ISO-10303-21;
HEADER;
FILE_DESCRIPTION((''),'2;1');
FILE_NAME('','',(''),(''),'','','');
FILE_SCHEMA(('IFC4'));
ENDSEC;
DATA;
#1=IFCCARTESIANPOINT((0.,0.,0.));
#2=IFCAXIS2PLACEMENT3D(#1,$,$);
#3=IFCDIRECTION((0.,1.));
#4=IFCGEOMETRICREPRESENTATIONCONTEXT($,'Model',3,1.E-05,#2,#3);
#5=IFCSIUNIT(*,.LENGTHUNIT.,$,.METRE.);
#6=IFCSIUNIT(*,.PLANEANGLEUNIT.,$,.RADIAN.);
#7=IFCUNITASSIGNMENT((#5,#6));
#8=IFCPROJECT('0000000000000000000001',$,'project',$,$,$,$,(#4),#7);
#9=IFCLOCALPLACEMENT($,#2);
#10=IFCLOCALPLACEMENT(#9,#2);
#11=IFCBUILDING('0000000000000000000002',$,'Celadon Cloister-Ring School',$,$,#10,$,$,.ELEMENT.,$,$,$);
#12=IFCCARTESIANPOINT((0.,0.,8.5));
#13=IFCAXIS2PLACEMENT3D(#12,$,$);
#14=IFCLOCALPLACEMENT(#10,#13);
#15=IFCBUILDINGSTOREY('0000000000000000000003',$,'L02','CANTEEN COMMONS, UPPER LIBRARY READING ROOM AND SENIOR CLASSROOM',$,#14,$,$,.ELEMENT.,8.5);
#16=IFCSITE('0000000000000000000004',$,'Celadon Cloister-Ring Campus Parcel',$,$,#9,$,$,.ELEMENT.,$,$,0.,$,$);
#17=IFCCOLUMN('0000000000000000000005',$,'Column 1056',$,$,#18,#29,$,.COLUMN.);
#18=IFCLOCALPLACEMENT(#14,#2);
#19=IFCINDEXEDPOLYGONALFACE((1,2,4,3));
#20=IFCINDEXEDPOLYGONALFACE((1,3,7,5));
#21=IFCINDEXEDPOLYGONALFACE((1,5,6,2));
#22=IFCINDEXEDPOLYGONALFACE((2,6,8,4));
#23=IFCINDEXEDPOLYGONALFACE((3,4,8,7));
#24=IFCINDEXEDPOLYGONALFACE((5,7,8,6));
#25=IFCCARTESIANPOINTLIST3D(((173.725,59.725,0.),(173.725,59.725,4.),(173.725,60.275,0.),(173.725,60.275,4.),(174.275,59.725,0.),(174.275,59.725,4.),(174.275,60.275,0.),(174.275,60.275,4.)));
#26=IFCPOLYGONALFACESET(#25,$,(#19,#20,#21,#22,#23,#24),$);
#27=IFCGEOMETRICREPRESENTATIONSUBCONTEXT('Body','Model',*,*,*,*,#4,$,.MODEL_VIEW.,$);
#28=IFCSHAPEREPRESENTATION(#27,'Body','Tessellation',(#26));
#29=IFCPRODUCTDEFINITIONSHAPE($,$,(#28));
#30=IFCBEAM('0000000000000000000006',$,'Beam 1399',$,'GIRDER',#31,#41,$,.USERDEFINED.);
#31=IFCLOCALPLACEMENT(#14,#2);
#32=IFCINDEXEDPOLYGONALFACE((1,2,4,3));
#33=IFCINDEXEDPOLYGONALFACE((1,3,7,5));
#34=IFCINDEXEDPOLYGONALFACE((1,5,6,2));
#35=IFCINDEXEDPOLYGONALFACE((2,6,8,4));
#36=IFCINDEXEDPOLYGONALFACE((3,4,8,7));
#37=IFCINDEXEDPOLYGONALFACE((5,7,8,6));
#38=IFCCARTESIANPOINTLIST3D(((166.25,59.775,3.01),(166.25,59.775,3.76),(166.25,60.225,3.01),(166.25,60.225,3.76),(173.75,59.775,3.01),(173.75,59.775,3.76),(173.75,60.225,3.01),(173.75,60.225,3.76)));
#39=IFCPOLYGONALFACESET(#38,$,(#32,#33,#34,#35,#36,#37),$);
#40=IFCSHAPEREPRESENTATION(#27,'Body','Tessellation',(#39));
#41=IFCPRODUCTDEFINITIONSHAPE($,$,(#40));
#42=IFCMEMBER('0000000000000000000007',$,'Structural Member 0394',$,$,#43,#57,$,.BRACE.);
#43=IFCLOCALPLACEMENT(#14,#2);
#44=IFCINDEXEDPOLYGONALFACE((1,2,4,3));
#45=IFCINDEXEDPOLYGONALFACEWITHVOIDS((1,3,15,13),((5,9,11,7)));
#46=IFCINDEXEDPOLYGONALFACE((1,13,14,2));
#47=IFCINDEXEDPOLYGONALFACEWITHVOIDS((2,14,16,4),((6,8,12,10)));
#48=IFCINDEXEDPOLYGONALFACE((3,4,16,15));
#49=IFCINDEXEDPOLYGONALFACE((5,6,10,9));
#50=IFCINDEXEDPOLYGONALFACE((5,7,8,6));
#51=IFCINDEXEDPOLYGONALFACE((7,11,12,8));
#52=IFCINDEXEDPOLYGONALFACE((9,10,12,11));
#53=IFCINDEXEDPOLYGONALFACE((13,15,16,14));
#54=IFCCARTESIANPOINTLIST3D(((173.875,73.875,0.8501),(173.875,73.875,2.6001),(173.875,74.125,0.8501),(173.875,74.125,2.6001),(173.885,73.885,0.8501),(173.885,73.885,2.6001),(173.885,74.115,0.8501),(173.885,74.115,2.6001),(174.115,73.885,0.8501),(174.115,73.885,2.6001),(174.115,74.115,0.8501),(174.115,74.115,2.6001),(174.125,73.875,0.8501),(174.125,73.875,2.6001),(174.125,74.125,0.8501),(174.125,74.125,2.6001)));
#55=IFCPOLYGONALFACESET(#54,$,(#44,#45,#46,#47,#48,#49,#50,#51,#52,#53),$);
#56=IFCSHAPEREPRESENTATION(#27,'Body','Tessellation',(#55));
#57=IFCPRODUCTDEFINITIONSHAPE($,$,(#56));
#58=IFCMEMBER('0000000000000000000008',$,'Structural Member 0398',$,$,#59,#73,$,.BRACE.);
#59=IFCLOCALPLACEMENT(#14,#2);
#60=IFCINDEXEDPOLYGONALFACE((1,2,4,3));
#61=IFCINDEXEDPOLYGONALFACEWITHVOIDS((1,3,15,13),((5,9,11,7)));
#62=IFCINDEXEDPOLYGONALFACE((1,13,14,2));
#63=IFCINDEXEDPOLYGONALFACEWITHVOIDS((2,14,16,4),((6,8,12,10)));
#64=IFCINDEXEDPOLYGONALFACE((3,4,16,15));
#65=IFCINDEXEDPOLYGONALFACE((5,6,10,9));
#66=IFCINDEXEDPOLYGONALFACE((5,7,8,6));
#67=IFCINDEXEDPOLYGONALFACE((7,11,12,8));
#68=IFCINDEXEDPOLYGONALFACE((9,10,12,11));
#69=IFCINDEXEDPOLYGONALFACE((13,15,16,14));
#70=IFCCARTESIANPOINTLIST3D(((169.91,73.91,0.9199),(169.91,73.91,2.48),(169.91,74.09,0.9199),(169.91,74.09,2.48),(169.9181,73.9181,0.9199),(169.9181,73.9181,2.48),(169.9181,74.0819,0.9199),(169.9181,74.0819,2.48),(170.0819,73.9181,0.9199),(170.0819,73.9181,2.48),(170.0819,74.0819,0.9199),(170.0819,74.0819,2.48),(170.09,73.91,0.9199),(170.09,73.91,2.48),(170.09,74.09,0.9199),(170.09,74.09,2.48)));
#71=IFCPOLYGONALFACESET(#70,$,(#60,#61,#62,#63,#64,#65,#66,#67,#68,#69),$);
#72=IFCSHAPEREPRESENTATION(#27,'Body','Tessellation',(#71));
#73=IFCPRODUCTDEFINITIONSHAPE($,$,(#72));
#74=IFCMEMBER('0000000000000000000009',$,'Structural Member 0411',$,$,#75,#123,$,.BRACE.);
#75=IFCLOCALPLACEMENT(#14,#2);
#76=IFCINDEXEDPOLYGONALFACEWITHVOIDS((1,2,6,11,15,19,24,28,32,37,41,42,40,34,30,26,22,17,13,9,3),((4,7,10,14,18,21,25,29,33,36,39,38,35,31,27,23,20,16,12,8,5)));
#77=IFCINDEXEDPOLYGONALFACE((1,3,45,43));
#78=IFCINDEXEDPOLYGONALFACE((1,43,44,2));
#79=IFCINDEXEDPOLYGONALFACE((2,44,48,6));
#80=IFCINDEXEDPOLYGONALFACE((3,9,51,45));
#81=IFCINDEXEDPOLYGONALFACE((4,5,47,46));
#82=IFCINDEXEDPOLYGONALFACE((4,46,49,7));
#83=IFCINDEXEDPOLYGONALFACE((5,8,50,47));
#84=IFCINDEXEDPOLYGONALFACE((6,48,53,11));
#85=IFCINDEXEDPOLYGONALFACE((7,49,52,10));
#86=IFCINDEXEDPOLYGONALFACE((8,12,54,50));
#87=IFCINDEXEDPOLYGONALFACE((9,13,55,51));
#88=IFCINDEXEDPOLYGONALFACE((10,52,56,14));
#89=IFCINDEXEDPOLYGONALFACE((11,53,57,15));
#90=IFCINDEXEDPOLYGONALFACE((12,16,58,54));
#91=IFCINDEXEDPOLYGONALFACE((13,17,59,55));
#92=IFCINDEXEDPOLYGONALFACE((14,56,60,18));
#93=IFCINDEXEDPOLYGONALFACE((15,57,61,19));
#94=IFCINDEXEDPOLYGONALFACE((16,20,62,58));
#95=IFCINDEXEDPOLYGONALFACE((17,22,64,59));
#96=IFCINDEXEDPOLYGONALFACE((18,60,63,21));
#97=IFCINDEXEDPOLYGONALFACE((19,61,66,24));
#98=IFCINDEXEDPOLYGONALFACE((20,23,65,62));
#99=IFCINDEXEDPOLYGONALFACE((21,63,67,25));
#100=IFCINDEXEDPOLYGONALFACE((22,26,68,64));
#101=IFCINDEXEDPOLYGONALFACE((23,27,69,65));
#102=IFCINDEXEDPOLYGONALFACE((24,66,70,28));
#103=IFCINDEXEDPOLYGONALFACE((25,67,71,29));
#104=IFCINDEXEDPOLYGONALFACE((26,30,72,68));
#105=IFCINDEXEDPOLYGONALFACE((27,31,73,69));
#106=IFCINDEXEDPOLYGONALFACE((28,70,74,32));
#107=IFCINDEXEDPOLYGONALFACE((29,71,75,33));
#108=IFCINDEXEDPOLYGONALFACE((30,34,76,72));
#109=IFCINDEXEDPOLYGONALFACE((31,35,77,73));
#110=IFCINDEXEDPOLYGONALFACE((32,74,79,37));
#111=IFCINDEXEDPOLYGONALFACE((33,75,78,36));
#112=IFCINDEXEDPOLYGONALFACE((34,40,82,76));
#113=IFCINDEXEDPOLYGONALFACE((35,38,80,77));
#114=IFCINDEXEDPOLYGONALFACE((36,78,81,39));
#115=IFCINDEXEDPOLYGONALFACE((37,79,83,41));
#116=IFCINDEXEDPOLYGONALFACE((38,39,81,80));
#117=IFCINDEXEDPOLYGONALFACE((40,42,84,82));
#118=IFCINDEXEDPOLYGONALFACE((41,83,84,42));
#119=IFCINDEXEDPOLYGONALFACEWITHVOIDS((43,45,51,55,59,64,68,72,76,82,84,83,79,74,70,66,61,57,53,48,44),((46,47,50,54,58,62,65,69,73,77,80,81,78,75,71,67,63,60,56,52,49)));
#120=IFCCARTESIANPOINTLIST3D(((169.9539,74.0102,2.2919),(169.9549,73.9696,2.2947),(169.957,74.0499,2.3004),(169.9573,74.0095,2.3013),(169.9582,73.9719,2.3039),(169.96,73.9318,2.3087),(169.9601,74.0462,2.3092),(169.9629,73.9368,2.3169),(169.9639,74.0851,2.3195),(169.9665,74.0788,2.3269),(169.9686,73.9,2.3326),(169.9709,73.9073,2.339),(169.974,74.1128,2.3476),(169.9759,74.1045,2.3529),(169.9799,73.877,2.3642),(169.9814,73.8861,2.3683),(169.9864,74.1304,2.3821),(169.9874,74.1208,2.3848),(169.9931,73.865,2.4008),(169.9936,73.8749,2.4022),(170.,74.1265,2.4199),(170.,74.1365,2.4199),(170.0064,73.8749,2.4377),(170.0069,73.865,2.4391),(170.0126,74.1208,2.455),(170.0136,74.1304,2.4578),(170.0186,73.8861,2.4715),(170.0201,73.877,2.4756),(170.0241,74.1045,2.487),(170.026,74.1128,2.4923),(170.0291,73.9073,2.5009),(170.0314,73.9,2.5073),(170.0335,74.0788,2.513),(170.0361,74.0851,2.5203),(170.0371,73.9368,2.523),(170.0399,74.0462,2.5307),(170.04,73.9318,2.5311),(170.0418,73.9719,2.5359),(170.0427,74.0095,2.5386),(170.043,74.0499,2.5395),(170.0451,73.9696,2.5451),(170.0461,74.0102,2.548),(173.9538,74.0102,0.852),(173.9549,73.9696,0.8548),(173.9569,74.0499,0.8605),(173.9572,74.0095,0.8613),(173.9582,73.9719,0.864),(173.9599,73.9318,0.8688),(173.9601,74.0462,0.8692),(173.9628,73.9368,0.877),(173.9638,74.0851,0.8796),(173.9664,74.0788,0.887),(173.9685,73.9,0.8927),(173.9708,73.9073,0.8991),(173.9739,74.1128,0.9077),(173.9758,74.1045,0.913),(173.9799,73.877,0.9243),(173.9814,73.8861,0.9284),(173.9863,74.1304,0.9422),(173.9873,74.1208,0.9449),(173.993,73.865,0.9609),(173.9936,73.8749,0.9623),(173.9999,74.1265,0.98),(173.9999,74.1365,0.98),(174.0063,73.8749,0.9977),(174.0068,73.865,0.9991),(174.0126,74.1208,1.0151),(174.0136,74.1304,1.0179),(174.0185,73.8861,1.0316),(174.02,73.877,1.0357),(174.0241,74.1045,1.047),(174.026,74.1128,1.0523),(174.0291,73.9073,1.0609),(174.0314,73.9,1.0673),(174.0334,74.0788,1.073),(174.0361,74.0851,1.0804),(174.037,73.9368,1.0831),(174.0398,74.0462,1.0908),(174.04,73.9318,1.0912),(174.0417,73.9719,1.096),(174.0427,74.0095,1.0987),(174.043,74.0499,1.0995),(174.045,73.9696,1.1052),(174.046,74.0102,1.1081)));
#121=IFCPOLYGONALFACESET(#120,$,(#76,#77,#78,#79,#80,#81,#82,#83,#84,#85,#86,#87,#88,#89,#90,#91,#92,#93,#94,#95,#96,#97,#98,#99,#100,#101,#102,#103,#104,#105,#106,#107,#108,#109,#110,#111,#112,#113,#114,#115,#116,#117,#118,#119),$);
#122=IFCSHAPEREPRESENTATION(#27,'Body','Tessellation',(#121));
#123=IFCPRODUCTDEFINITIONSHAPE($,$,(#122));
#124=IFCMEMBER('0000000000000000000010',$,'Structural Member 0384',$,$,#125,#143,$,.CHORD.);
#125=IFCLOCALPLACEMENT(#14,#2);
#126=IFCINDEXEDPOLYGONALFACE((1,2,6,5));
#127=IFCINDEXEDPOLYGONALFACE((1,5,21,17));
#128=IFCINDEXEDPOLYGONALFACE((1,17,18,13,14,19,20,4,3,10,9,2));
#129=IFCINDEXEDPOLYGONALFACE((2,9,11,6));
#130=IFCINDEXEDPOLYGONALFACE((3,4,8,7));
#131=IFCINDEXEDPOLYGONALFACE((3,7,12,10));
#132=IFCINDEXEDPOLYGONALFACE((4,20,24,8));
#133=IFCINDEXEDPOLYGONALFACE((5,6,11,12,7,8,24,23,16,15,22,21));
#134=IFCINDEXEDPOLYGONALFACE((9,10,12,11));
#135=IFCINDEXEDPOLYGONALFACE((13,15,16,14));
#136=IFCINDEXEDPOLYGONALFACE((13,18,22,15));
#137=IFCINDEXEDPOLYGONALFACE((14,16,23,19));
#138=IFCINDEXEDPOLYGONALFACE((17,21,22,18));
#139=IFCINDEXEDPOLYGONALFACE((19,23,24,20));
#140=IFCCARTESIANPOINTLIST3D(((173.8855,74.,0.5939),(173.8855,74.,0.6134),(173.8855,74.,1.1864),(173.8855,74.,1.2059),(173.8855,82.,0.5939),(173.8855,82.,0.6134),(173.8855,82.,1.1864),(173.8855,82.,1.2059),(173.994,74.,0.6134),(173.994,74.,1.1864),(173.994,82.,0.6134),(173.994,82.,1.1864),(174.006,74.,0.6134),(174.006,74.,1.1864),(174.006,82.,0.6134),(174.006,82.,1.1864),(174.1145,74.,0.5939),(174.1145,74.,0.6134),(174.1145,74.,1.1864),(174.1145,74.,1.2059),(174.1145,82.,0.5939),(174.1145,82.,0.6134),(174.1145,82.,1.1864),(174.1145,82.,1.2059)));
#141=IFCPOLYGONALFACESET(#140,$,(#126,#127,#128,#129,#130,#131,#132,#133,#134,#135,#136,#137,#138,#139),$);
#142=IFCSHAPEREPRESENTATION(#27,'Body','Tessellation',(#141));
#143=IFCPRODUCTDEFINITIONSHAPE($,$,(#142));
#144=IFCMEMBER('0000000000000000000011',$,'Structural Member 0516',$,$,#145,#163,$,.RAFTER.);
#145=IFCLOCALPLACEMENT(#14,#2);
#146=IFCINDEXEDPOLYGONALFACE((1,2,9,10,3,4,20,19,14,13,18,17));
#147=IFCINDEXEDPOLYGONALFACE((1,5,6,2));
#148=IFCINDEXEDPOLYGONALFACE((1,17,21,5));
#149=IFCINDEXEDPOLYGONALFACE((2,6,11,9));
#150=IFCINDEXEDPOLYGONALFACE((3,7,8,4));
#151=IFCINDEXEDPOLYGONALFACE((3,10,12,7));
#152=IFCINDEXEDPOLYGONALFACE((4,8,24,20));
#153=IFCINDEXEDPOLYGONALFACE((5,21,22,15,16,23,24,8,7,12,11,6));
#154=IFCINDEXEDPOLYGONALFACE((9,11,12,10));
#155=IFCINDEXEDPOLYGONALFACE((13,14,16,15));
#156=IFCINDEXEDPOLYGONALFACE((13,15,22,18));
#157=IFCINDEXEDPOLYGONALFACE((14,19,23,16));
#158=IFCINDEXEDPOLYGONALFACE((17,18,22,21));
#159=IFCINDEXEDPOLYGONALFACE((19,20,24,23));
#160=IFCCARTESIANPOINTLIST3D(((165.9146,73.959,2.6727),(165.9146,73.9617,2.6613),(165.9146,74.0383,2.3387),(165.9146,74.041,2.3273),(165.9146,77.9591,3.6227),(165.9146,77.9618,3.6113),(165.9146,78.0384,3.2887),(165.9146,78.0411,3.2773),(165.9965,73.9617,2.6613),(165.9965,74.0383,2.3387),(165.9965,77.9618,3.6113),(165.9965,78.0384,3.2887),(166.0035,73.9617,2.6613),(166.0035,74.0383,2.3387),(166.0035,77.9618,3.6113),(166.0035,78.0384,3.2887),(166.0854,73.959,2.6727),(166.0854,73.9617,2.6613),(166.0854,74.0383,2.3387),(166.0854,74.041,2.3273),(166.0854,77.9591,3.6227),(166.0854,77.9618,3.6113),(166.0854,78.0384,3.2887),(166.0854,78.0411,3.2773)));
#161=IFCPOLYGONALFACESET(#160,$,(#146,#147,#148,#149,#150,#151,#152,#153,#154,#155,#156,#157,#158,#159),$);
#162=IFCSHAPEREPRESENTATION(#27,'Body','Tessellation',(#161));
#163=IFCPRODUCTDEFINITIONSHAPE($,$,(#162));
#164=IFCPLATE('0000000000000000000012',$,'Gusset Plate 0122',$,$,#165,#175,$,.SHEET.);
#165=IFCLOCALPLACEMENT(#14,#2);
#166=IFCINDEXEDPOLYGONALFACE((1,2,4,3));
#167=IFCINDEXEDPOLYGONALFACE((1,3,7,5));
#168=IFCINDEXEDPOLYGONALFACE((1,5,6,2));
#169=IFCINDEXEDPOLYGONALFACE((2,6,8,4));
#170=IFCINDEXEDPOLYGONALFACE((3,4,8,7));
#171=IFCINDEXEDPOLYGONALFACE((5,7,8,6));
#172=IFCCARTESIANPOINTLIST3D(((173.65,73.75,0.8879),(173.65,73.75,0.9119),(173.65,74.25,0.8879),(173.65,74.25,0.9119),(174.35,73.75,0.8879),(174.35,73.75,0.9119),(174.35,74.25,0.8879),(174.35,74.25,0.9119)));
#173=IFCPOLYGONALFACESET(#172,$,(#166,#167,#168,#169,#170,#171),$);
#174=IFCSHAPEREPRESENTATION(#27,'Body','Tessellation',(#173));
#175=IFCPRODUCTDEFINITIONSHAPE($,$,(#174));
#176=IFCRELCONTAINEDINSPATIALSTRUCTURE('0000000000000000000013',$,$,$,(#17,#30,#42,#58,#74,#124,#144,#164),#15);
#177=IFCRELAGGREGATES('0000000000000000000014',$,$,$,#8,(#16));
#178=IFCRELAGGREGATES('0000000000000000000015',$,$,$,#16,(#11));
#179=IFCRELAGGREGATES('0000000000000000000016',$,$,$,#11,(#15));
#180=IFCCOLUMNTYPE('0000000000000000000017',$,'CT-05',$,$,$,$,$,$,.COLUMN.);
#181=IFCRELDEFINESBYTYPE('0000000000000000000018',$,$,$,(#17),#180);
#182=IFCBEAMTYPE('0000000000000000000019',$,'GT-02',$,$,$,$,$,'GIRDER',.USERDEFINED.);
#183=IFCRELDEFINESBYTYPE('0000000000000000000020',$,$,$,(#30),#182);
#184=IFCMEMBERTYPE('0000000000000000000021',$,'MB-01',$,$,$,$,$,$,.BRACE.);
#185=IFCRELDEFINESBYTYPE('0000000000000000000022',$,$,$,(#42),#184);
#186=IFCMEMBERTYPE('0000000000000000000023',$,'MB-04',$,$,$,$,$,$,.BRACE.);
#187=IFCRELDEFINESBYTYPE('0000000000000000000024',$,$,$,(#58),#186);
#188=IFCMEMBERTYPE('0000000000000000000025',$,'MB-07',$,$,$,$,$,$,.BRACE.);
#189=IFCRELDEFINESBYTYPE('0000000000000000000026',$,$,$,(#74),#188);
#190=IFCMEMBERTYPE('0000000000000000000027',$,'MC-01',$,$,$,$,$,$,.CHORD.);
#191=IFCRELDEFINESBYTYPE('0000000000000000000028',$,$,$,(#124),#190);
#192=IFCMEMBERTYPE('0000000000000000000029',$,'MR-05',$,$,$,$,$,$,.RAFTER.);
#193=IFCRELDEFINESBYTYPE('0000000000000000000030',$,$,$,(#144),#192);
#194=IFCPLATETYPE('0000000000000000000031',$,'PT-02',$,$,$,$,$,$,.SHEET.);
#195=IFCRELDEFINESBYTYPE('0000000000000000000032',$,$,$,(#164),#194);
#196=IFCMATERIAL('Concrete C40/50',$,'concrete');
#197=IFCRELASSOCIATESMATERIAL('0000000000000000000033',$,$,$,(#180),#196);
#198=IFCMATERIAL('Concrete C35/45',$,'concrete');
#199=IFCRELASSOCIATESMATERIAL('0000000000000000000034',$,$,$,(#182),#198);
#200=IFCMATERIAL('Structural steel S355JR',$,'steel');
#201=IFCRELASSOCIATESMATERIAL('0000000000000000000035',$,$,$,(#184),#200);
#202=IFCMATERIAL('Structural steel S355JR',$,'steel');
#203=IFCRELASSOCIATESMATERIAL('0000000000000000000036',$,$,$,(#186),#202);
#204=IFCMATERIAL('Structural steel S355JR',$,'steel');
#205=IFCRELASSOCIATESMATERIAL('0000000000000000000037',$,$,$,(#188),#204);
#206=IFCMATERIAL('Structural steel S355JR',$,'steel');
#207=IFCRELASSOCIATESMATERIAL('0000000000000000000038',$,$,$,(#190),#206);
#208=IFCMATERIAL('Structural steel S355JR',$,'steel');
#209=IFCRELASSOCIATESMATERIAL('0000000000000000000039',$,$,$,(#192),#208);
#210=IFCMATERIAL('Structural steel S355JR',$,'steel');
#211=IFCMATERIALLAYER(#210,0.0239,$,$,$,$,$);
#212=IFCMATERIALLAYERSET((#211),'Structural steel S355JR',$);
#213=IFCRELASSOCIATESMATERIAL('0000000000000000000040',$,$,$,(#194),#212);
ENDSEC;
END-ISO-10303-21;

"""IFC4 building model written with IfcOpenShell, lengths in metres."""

from ifc_helpers import new_model, si_unit, direction, frame, origin, origin_2d, place, context, subcontext, project, spatial, rectangle, hollow_rectangle, hollow_circle, i_section, extrude, material, layer, layer_set, material_profile, profile_set, type_object, element, save


model = new_model("IFC4")

# Units and contexts
model_context = context("Model", 3, precision=1e-05, world=origin(), true_north=direction((0.0, 1.0)))
body_context = subcontext(model_context, "Body", "Model", "MODEL_VIEW")
ifc_project = project(units=[si_unit("LENGTHUNIT", "METRE"), si_unit("PLANEANGLEUNIT", "RADIAN")], contexts=[model_context])

# Site, building, storey
site_placement = place(None, origin())
site = spatial("IfcSite", under=ifc_project, at=site_placement, Name="Celadon Cloister-Ring Campus Parcel", CompositionType="ELEMENT", RefElevation=0.0)
building_placement = place(site_placement, origin())
building = spatial("IfcBuilding", under=site, at=building_placement, Name="Celadon Cloister-Ring School", CompositionType="ELEMENT")
storey_placement = place(building_placement, frame((0.0, 0.0, 8.5)))
storey = spatial("IfcBuildingStorey", under=building, at=storey_placement, Name="L02", Description="CANTEEN COMMONS, UPPER LIBRARY READING ROOM AND SENIOR CLASSROOM", CompositionType="ELEMENT", Elevation=8.5)

# Column
ifc_material_1 = material(Name="Concrete C40/50", Category="concrete")
ifc_material_profile_1 = material_profile(ifc_material_1, rectangle(XDim=0.55, YDim=0.55, at=origin_2d()), Name="RC550X550")
ifc_profile_set_1 = profile_set([ifc_material_profile_1], Name="Concrete C40/50")
column_type = type_object("IfcColumnType", Name="CT-05", PredefinedType="COLUMN", material=ifc_profile_set_1)
column_placement = place(storey_placement, frame((174.0, 60.0, 0.0), z_axis=(0.0, 0.0, 1.0), x_axis=(1.0, 0.0, 0.0)))
element("IfcColumn", 1, at=column_placement, inside=storey, type_object=column_type, Name="Column 1056", PredefinedType="COLUMN", context=body_context, shape_type="SweptSolid", body=[
    extrude(rectangle(XDim=0.55, YDim=0.55, at=origin_2d()), origin(), (0.0, 0.0, 1.0), 4.0),
])

# Beam
ifc_material_2 = material(Name="Concrete C35/45", Category="concrete")
ifc_material_profile_2 = material_profile(ifc_material_2, rectangle(XDim=0.45, YDim=0.75, at=origin_2d()), Name="RC450X750")
ifc_profile_set_2 = profile_set([ifc_material_profile_2], Name="Concrete C35/45")
beam_type = type_object("IfcBeamType", Name="GT-02", ElementType="GIRDER", PredefinedType="USERDEFINED", material=ifc_profile_set_2)
beam_placement = place(storey_placement, frame((166.25, 60.0, 3.385), z_axis=(1.0, 0.0, 0.0), x_axis=(0.0, 1.0, 0.0)))
element("IfcBeam", 2, at=beam_placement, inside=storey, type_object=beam_type, Name="Beam 1399", ObjectType="GIRDER", PredefinedType="USERDEFINED", context=body_context, shape_type="SweptSolid", body=[
    extrude(rectangle(XDim=0.45, YDim=0.75, at=origin_2d()), origin(), (0.0, 0.0, 1.0), 7.5),
])

# Members
ifc_material_3 = material(Name="Structural steel S355JR", Category="steel")
ifc_material_profile_3 = material_profile(ifc_material_3, hollow_rectangle(XDim=0.25, YDim=0.25, WallThickness=0.01, at=origin_2d()), Name="HSS250X250X10")
ifc_profile_set_3 = profile_set([ifc_material_profile_3], Name="Structural steel S355JR")
member_type_1 = type_object("IfcMemberType", Name="MB-01", PredefinedType="BRACE", material=ifc_profile_set_3)
member_1_placement = place(storey_placement, frame((174.0, 74.0, 0.8501), z_axis=(0.0, 0.0, 1.0), x_axis=(1.0, 0.0, 0.0)))
element("IfcMember", 3, at=member_1_placement, inside=storey, type_object=member_type_1, Name="Structural Member 0394", PredefinedType="BRACE", context=body_context, shape_type="SweptSolid", body=[
    extrude(hollow_rectangle(XDim=0.25, YDim=0.25, WallThickness=0.01, at=origin_2d()), origin(), (0.0, 0.0, 1.0), 1.75),
])
ifc_material_4 = material(Name="Structural steel S355JR", Category="steel")
ifc_material_profile_4 = material_profile(ifc_material_4, hollow_rectangle(XDim=0.1799, YDim=0.1799, WallThickness=0.0081, at=origin_2d()), Name="HSS180X180X8")
ifc_profile_set_4 = profile_set([ifc_material_profile_4], Name="Structural steel S355JR")
member_type_2 = type_object("IfcMemberType", Name="MB-04", PredefinedType="BRACE", material=ifc_profile_set_4)
member_2_placement = place(storey_placement, frame((170.0, 74.0, 0.9199), z_axis=(0.0, 0.0, 1.0), x_axis=(1.0, 0.0, 0.0)))
element("IfcMember", 4, at=member_2_placement, inside=storey, type_object=member_type_2, Name="Structural Member 0398", PredefinedType="BRACE", context=body_context, shape_type="SweptSolid", body=[
    extrude(hollow_rectangle(XDim=0.1799, YDim=0.1799, WallThickness=0.0081, at=origin_2d()), origin(), (0.0, 0.0, 1.0), 1.5601),
])
ifc_material_5 = material(Name="Structural steel S355JR", Category="steel")
ifc_material_profile_5 = material_profile(ifc_material_5, hollow_circle(Radius=0.1365, WallThickness=0.01, at=origin_2d()), Name="CHS273.0X10")
ifc_profile_set_5 = profile_set([ifc_material_profile_5], Name="Structural steel S355JR")
member_type_3 = type_object("IfcMemberType", Name="MB-07", PredefinedType="BRACE", material=ifc_profile_set_5)
member_3_placement = place(storey_placement, frame((170.0, 74.0, 2.4199), z_axis=(0.940892, 0.0, -0.338707), x_axis=(0.0, 1.0, 0.0)))
element("IfcMember", 5, at=member_3_placement, inside=storey, type_object=member_type_3, Name="Structural Member 0411", PredefinedType="BRACE", context=body_context, shape_type="SweptSolid", body=[
    extrude(hollow_circle(Radius=0.1365, WallThickness=0.01, at=origin_2d()), origin(), (0.0, 0.0, 1.0), 4.2512),
])
ifc_material_6 = material(Name="Structural steel S355JR", Category="steel")
ifc_material_profile_6 = material_profile(ifc_material_6, i_section(OverallWidth=0.229, OverallDepth=0.6121, WebThickness=0.012, FlangeThickness=0.0195, at=origin_2d()), Name="W610X125")
ifc_profile_set_6 = profile_set([ifc_material_profile_6], Name="Structural steel S355JR")
member_type_4 = type_object("IfcMemberType", Name="MC-01", PredefinedType="CHORD", material=ifc_profile_set_6)
member_4_placement = place(storey_placement, frame((174.0, 74.0, 0.8999), z_axis=(0.0, 1.0, 0.0), x_axis=(-1.0, 0.0, 0.0)))
element("IfcMember", 6, at=member_4_placement, inside=storey, type_object=member_type_4, Name="Structural Member 0384", PredefinedType="CHORD", context=body_context, shape_type="SweptSolid", body=[
    extrude(i_section(OverallWidth=0.229, OverallDepth=0.6121, WebThickness=0.012, FlangeThickness=0.0195, at=origin_2d()), origin(), (0.0, 0.0, 1.0), 8.0),
])
ifc_material_7 = material(Name="Structural steel S355JR", Category="steel")
ifc_material_profile_7 = material_profile(ifc_material_7, i_section(OverallWidth=0.1709, OverallDepth=0.355, WebThickness=0.0071, FlangeThickness=0.0117, at=origin_2d()), Name="W360X51")
ifc_profile_set_7 = profile_set([ifc_material_profile_7], Name="Structural steel S355JR")
member_type_5 = type_object("IfcMemberType", Name="MR-05", PredefinedType="RAFTER", material=ifc_profile_set_7)
member_5_placement = place(storey_placement, frame((166.0, 74.0, 2.5), z_axis=(0.0, 0.972939, 0.231061), x_axis=(-1.0, 0.0, 0.0)))
element("IfcMember", 7, at=member_5_placement, inside=storey, type_object=member_type_5, Name="Structural Member 0516", PredefinedType="RAFTER", context=body_context, shape_type="SweptSolid", body=[
    extrude(i_section(OverallWidth=0.1709, OverallDepth=0.355, WebThickness=0.0071, FlangeThickness=0.0117, at=origin_2d()), origin(), (0.0, 0.0, 1.0), 4.1113),
])

# Plate
ifc_material_8 = material(Name="Structural steel S355JR", Category="steel")
ifc_layer_1 = layer(ifc_material_8, 0.0239)
ifc_layer_set_1 = layer_set([ifc_layer_1], Name="Structural steel S355JR")
plate_type_1 = type_object("IfcPlateType", Name="PT-02", PredefinedType="SHEET", material=ifc_layer_set_1)
plate_placement = place(storey_placement, frame((174.0, 74.0, 0.8879), z_axis=(0.0, 0.0, 1.0), x_axis=(1.0, 0.0, 0.0)))
element("IfcPlate", 8, at=plate_placement, inside=storey, type_object=plate_type_1, Name="Gusset Plate 0122", PredefinedType="SHEET", context=body_context, shape_type="SweptSolid", body=[
    extrude(rectangle(XDim=0.7, YDim=0.5, at=origin_2d()), origin(), (0.0, 0.0, 1.0), 0.0239),
])

save(model, "model.ifc")
